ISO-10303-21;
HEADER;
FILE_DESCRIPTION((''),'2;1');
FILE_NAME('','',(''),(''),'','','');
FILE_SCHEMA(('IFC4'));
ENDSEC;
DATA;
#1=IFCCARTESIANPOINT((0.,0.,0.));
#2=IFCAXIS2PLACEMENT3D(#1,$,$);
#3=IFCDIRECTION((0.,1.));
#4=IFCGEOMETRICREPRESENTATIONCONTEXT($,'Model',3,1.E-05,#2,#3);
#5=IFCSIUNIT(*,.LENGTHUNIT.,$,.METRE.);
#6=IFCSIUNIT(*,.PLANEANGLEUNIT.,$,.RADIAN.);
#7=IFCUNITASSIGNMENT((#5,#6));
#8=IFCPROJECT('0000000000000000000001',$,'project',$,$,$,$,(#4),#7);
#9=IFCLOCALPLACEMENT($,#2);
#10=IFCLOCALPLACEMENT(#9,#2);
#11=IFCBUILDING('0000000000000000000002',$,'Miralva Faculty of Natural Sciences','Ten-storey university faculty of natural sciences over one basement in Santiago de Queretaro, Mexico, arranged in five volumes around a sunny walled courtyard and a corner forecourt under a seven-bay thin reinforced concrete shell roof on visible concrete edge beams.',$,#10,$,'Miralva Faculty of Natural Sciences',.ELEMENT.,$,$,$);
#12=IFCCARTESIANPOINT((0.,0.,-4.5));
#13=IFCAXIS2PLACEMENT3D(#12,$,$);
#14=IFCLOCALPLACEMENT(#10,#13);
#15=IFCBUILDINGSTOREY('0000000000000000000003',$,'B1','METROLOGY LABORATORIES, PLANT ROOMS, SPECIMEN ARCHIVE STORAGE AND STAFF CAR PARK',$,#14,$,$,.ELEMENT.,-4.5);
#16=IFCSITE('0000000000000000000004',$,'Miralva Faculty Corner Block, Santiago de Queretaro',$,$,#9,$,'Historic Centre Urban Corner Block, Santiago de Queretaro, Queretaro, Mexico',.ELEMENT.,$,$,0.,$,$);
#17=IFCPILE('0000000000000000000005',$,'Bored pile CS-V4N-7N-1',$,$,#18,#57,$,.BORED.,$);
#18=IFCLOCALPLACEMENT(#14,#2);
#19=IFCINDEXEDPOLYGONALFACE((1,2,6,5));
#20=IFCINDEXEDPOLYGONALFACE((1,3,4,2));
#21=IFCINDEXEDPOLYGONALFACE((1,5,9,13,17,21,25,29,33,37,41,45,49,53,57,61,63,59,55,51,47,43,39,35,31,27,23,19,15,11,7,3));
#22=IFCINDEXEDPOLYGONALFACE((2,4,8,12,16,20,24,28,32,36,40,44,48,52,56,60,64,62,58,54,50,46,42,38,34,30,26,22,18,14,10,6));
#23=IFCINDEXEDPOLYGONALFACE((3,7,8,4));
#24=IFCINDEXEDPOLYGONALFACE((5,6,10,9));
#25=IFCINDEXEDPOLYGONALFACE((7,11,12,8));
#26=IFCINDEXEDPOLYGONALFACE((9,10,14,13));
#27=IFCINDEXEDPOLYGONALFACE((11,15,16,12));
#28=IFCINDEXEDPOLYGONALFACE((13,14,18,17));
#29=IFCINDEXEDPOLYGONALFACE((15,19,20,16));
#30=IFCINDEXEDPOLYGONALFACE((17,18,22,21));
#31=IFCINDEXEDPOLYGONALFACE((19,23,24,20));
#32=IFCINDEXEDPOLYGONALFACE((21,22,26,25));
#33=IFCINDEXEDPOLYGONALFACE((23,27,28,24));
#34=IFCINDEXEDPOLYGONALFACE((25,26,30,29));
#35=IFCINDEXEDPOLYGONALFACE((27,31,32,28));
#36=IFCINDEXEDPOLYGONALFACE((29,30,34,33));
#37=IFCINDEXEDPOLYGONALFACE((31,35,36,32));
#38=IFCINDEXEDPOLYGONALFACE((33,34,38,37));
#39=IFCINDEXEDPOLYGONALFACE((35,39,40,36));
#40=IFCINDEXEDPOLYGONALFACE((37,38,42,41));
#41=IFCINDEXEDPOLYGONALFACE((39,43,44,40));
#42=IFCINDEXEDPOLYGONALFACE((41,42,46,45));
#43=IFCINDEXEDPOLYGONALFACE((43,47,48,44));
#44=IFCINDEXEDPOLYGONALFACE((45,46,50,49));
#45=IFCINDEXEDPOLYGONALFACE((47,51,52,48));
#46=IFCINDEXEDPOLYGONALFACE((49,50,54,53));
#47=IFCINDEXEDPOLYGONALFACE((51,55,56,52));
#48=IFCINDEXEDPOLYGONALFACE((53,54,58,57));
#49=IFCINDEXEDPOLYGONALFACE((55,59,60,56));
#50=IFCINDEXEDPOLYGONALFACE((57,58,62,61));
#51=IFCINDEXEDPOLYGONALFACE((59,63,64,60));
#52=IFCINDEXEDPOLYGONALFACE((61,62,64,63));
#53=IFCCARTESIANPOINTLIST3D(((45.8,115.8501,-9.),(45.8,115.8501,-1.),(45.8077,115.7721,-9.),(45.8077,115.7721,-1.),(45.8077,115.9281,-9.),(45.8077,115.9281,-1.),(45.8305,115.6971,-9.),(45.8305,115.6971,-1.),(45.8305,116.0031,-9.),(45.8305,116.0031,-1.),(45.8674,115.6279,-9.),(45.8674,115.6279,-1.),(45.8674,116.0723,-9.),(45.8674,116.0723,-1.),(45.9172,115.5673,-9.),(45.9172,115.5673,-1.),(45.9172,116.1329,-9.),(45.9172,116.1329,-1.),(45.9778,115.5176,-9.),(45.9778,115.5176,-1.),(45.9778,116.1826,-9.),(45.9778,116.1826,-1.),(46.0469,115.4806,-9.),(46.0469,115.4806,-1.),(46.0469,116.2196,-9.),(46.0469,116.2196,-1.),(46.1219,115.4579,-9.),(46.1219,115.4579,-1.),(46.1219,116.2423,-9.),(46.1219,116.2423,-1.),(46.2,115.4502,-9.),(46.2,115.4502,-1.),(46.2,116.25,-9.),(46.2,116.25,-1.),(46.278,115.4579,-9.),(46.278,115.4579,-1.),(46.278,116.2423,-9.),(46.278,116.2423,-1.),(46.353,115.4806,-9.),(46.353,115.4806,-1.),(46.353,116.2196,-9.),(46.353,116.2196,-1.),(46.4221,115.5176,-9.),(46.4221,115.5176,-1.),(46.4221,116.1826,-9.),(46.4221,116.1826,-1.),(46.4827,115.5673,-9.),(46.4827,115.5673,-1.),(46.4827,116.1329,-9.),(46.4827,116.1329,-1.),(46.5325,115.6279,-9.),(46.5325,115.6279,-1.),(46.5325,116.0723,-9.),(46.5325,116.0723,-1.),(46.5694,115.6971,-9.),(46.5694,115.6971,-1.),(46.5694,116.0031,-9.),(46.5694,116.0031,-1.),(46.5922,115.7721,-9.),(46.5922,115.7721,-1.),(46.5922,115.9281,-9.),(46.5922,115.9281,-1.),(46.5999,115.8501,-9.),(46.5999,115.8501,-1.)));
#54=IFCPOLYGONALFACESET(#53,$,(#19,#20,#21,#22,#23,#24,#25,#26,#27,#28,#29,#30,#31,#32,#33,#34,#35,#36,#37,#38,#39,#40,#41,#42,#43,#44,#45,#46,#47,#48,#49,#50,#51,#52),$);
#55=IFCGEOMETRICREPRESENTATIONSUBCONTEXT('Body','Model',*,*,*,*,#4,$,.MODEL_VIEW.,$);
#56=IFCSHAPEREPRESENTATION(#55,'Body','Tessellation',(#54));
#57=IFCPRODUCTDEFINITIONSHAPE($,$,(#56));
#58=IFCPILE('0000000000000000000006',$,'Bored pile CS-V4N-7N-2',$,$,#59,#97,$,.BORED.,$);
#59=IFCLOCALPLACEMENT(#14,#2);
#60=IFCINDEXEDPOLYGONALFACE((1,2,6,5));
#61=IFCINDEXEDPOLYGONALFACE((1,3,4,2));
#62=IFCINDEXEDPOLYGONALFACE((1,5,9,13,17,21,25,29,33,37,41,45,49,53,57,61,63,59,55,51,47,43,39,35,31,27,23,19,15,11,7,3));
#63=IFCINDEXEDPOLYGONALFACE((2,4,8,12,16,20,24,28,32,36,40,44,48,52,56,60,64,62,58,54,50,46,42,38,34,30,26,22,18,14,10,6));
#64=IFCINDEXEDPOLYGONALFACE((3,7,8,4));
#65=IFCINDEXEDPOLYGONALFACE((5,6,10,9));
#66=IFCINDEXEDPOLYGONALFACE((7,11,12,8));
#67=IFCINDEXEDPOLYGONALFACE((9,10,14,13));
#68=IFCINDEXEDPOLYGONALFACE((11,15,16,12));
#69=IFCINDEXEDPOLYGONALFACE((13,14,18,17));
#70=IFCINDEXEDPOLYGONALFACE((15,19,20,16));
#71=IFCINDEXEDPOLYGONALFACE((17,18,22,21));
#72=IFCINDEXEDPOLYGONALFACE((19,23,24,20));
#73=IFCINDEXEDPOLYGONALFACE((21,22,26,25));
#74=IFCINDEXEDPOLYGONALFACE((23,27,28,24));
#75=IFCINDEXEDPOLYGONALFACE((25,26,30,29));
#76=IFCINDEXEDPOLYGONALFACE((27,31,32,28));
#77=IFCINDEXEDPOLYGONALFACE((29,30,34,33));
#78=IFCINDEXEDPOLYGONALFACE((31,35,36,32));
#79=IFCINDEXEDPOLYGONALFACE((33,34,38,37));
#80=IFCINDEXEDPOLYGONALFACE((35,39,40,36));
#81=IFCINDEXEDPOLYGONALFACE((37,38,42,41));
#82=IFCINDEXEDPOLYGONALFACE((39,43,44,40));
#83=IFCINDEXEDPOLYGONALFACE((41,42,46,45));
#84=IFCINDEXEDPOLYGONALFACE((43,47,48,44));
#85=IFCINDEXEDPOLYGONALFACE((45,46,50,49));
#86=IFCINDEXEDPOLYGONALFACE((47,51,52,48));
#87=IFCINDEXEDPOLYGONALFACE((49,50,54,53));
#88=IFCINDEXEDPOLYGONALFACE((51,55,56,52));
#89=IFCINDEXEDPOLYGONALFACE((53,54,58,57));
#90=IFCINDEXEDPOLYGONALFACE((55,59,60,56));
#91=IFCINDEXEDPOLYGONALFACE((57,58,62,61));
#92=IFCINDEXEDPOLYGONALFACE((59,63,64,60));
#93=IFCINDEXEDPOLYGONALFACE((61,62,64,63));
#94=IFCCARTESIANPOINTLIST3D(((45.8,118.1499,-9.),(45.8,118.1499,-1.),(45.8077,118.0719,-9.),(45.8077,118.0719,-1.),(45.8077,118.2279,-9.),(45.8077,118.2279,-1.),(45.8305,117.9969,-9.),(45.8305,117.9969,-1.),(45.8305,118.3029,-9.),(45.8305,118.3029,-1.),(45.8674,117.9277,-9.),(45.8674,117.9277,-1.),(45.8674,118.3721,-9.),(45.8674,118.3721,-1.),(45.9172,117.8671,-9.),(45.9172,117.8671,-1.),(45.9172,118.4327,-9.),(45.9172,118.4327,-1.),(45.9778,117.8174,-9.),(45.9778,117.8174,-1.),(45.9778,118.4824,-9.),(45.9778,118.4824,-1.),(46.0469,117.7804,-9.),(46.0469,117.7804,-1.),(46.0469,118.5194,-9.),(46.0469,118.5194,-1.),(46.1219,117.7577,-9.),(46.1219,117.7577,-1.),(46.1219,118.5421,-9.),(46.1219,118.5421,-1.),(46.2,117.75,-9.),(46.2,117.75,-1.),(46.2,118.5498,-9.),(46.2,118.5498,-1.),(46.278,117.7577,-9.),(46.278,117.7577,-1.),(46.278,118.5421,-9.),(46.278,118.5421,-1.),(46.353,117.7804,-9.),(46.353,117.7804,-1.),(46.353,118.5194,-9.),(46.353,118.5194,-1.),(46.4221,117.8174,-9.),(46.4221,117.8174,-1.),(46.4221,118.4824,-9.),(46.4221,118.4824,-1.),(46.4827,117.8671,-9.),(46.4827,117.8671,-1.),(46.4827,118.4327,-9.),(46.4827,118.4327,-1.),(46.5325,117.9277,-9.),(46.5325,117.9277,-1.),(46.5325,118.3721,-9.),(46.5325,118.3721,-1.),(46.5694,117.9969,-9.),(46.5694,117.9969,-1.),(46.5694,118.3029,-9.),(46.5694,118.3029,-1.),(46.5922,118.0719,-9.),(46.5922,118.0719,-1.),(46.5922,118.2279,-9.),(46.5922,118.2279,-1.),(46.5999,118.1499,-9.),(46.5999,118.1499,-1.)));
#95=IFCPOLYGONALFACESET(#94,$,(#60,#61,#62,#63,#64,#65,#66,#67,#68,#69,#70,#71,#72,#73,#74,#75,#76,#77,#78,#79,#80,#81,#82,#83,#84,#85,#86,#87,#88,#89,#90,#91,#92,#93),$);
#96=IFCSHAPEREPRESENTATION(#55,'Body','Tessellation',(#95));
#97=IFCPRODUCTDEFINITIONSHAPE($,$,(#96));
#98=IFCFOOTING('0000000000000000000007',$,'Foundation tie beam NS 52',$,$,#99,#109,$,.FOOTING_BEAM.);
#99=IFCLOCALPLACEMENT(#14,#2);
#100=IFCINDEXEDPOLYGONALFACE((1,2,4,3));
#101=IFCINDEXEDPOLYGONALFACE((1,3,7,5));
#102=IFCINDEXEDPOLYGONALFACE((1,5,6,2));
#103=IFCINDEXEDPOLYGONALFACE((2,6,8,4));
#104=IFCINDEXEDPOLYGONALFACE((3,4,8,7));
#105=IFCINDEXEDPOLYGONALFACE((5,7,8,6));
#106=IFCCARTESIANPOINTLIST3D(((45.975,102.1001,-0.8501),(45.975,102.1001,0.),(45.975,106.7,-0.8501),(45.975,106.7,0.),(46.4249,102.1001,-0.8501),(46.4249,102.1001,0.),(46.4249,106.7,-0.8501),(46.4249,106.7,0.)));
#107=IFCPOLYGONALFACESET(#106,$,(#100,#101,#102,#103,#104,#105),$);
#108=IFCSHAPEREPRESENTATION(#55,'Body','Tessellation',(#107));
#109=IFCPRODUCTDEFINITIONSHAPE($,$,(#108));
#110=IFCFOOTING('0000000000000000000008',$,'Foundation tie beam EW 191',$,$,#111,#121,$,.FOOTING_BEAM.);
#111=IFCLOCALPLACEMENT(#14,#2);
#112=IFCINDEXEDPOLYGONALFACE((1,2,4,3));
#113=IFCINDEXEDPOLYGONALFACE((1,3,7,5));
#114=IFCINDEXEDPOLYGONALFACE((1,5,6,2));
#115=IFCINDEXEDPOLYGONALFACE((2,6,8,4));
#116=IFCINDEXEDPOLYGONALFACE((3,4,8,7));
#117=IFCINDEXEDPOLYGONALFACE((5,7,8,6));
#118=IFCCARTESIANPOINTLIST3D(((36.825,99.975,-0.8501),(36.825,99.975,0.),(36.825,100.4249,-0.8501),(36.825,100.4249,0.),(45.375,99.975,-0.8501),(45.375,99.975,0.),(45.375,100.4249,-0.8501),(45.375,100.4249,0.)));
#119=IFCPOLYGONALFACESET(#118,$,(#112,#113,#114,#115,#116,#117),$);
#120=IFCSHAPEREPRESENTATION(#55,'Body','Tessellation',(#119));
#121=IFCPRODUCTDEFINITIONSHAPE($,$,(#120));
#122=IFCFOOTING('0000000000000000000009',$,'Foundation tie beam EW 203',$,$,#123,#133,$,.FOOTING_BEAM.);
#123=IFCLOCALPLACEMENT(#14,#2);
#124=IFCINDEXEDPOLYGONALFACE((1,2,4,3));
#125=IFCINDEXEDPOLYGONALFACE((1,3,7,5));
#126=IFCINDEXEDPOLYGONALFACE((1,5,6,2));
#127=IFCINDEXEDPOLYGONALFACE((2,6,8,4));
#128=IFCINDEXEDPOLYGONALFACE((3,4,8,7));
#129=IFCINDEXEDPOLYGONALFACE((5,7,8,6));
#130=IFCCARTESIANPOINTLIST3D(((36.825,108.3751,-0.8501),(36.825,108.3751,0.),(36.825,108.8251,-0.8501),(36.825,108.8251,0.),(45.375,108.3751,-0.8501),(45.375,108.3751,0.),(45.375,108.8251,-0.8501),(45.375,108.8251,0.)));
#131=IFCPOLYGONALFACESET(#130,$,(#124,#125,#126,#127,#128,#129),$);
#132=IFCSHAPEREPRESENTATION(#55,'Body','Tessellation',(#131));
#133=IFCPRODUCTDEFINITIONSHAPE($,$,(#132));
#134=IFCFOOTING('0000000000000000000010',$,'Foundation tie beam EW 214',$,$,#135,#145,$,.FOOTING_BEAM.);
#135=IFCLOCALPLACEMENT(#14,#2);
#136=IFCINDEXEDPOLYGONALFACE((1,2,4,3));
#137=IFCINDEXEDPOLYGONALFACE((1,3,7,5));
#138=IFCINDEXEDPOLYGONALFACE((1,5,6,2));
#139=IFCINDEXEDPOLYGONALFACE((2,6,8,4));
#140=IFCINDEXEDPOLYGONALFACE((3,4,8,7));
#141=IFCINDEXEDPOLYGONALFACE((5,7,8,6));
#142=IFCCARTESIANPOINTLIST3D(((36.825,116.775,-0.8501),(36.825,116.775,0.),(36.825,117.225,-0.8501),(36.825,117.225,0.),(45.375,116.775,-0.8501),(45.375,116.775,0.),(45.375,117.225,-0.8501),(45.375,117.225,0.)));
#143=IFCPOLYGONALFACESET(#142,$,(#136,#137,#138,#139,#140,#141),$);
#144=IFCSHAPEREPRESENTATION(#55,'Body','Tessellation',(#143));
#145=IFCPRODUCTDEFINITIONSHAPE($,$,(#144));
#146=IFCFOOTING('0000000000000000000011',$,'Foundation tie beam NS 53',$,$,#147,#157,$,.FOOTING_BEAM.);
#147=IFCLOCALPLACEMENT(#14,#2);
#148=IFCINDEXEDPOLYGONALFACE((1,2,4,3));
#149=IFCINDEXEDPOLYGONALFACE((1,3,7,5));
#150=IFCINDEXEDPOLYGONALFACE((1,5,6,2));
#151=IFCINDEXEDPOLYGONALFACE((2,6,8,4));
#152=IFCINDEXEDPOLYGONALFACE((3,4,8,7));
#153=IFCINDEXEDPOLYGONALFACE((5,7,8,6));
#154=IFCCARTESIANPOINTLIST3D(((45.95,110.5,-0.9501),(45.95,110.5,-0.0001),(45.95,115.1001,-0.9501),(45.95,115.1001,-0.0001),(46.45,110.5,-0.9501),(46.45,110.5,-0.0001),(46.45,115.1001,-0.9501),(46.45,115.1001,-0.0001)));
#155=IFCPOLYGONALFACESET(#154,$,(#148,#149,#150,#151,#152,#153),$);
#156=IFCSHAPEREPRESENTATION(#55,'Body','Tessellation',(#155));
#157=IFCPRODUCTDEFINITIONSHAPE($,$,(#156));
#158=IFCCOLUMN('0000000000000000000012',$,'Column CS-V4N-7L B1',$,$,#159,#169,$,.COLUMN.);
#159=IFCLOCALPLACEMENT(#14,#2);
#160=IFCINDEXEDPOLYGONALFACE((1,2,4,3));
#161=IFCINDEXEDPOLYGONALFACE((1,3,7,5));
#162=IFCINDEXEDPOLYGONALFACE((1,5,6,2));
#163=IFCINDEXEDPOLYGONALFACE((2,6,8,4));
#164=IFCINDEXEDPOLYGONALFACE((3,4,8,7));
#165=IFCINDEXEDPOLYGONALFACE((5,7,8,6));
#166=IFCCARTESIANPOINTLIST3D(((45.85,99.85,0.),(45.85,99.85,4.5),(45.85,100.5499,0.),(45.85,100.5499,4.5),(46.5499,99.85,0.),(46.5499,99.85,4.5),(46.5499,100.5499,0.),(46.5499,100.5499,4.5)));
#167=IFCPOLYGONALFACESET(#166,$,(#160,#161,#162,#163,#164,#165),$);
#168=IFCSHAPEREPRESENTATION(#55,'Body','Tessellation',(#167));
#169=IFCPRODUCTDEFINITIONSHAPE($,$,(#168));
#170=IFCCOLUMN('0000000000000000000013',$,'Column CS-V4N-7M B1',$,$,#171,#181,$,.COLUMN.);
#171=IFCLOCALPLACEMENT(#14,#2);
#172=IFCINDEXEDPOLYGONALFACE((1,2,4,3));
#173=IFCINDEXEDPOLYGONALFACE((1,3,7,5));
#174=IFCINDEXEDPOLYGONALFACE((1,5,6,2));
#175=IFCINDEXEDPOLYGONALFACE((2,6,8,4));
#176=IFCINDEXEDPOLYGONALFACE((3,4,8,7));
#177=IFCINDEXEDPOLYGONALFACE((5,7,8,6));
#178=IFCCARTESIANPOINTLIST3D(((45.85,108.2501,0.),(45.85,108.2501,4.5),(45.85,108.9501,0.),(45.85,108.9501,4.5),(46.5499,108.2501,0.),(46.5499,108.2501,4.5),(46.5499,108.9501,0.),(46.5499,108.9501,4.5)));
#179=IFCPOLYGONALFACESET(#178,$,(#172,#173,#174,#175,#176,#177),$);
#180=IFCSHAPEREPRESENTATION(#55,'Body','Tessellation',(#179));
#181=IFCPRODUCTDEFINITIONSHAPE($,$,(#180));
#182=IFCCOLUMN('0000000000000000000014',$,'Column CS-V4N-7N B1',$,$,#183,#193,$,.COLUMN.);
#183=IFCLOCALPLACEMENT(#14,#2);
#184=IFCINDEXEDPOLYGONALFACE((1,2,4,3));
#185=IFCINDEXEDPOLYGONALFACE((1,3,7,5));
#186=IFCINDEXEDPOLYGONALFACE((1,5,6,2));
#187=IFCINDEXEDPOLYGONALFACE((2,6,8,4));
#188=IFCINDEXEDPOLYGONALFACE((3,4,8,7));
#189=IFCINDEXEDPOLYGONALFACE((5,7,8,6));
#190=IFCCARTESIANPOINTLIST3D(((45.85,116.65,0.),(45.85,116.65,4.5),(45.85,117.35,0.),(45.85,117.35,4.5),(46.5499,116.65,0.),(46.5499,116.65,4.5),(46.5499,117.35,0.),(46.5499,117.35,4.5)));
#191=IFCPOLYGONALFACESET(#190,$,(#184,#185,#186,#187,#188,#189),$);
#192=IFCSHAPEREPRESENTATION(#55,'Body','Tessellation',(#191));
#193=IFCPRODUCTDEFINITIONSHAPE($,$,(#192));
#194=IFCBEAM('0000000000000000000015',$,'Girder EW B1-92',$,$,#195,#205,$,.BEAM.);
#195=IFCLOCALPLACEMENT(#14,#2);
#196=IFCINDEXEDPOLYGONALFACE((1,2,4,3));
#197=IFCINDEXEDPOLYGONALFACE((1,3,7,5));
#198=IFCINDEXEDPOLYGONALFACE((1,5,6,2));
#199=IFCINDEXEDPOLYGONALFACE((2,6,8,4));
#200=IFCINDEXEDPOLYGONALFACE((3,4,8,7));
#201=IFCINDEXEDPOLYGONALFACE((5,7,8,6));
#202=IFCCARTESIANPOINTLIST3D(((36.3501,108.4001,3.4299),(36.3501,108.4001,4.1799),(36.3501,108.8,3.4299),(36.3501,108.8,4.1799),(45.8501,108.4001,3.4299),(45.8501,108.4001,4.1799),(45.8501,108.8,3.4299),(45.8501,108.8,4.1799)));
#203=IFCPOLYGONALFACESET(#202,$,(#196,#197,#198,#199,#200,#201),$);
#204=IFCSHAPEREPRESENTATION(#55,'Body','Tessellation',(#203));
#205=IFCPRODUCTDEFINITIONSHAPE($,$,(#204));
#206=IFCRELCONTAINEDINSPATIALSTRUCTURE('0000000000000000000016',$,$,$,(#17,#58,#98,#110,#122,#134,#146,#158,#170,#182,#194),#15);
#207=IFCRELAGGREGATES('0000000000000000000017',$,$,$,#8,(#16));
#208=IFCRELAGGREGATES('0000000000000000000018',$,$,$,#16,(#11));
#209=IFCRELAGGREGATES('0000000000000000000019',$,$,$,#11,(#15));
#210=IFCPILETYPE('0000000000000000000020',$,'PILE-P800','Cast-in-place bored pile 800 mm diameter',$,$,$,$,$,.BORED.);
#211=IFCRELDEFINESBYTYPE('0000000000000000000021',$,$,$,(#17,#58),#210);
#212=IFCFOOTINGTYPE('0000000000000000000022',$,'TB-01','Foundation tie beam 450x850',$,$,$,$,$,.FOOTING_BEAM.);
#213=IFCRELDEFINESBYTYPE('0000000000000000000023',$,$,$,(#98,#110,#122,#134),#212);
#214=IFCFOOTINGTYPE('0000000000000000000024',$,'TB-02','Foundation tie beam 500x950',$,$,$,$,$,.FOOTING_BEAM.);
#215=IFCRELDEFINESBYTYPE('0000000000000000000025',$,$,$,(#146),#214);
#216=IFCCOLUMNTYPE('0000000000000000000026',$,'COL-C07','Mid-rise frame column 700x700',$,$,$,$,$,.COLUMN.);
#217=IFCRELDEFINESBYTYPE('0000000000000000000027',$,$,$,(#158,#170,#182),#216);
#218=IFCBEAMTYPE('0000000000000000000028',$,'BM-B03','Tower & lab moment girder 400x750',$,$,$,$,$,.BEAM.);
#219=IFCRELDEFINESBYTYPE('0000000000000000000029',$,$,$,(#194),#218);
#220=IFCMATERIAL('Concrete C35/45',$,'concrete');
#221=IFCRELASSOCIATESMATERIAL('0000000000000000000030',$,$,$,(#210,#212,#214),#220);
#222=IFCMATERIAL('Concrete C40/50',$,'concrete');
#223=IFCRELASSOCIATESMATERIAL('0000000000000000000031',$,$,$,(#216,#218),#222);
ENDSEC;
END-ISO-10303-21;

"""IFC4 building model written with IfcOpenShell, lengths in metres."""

from ifc_helpers import new_model, si_unit, direction, frame, origin, origin_2d, place, context, subcontext, project, spatial, rectangle, circle, extrude, material, material_profile, profile_set, type_object, element, save


model = new_model("IFC4")

# Units and contexts
model_context = context("Model", 3, precision=1e-05, world=origin(), true_north=direction((0.0, 1.0)))
body_context = subcontext(model_context, "Body", "Model", "MODEL_VIEW")
ifc_project = project(units=[si_unit("LENGTHUNIT", "METRE"), si_unit("PLANEANGLEUNIT", "RADIAN")], contexts=[model_context])

# Site, building, storey
site_placement = place(None, origin())
site = spatial("IfcSite", under=ifc_project, at=site_placement, Name="Miralva Faculty Corner Block, Santiago de Queretaro", LongName="Historic Centre Urban Corner Block, Santiago de Queretaro, Queretaro, Mexico", CompositionType="ELEMENT", RefElevation=0.0)
building_placement = place(site_placement, origin())
building = spatial("IfcBuilding", under=site, at=building_placement, Name="Miralva Faculty of Natural Sciences", Description="Ten-storey university faculty of natural sciences over one basement in Santiago de Queretaro, Mexico, arranged in five volumes around a sunny walled courtyard and a corner forecourt under a seven-bay thin reinforced concrete shell roof on visible concrete edge beams.", LongName="Miralva Faculty of Natural Sciences", CompositionType="ELEMENT")
storey_placement = place(building_placement, frame((0.0, 0.0, -4.5)))
storey = spatial("IfcBuildingStorey", under=building, at=storey_placement, Name="B1", Description="METROLOGY LABORATORIES, PLANT ROOMS, SPECIMEN ARCHIVE STORAGE AND STAFF CAR PARK", CompositionType="ELEMENT", Elevation=-4.5)

# Shared definitions
ifc_material_1 = material(Name="Concrete C35/45", Category="concrete")

# Piles
ifc_material_profile_1 = material_profile(ifc_material_1, circle(Radius=0.3999, at=origin_2d()), Name="BORED PILE 800")
ifc_profile_set_1 = profile_set([ifc_material_profile_1], Name="Concrete C35/45")
pile_type = type_object("IfcPileType", Name="PILE-P800", Description="Cast-in-place bored pile 800 mm diameter", PredefinedType="BORED", material=ifc_profile_set_1)
for number, where, z_axis, x_axis, name in (
    (1, (46.2, 115.8501, -1.0), (0.0, 0.0, -1.0), (1.0, 0.0, 0.0), "Bored pile CS-V4N-7N-1"),
    (2, (46.2, 118.1499, -1.0), (0.0, 0.0, -1.0), (1.0, 0.0, 0.0), "Bored pile CS-V4N-7N-2"),
):
    element("IfcPile", number, at=place(storey_placement, frame(where, z_axis=z_axis, x_axis=x_axis)), inside=storey, type_object=pile_type, Name=name, PredefinedType="BORED", context=body_context, shape_type="SweptSolid", body=[
        extrude(circle(Radius=0.3999, at=origin_2d()), origin(), (0.0, 0.0, 1.0), 8.0),
    ])

# Footings
ifc_material_profile_2 = material_profile(ifc_material_1, rectangle(XDim=0.45, YDim=0.8501, at=origin_2d()), Name="RC 450x850")
ifc_profile_set_2 = profile_set([ifc_material_profile_2], Name="Concrete C35/45")
footing_type_1 = type_object("IfcFootingType", Name="TB-01", Description="Foundation tie beam 450x850", PredefinedType="FOOTING_BEAM", material=ifc_profile_set_2)
footing_1_placement = place(storey_placement, frame((46.2, 102.1001, -0.425), z_axis=(0.0, 1.0, 0.0), x_axis=(-1.0, 0.0, 0.0)))
element("IfcFooting", 3, at=footing_1_placement, inside=storey, type_object=footing_type_1, Name="Foundation tie beam NS 52", PredefinedType="FOOTING_BEAM", context=body_context, shape_type="SweptSolid", body=[
    extrude(rectangle(XDim=0.45, YDim=0.8501, at=origin_2d()), origin(), (0.0, 0.0, 1.0), 4.5999),
])
for number, where, z_axis, x_axis, name in (
    (4, (36.825, 100.2, -0.425), (1.0, 0.0, 0.0), (0.0, 1.0, 0.0), "Foundation tie beam EW 191"),
    (5, (36.825, 108.6001, -0.425), (1.0, 0.0, 0.0), (0.0, 1.0, 0.0), "Foundation tie beam EW 203"),
    (6, (36.825, 117.0, -0.425), (1.0, 0.0, 0.0), (0.0, 1.0, 0.0), "Foundation tie beam EW 214"),
):
    element("IfcFooting", number, at=place(storey_placement, frame(where, z_axis=z_axis, x_axis=x_axis)), inside=storey, type_object=footing_type_1, Name=name, PredefinedType="FOOTING_BEAM", context=body_context, shape_type="SweptSolid", body=[
        extrude(rectangle(XDim=0.45, YDim=0.8501, at=origin_2d()), origin(), (0.0, 0.0, 1.0), 8.55),
    ])
ifc_material_profile_3 = material_profile(ifc_material_1, rectangle(XDim=0.5, YDim=0.95, at=origin_2d()), Name="RC 500x950")
ifc_profile_set_3 = profile_set([ifc_material_profile_3], Name="Concrete C35/45")
footing_type_2 = type_object("IfcFootingType", Name="TB-02", Description="Foundation tie beam 500x950", PredefinedType="FOOTING_BEAM", material=ifc_profile_set_3)
footing_2_placement = place(storey_placement, frame((46.2, 110.5, -0.4751), z_axis=(0.0, 1.0, 0.0), x_axis=(-1.0, 0.0, 0.0)))
element("IfcFooting", 7, at=footing_2_placement, inside=storey, type_object=footing_type_2, Name="Foundation tie beam NS 53", PredefinedType="FOOTING_BEAM", context=body_context, shape_type="SweptSolid", body=[
    extrude(rectangle(XDim=0.5, YDim=0.95, at=origin_2d()), origin(), (0.0, 0.0, 1.0), 4.6001),
])

# Columns
ifc_material_2 = material(Name="Concrete C40/50", Category="concrete")
ifc_material_profile_4 = material_profile(ifc_material_2, rectangle(XDim=0.7, YDim=0.7, at=origin_2d()), Name="RC 700x700")
ifc_profile_set_4 = profile_set([ifc_material_profile_4], Name="Concrete C40/50")
column_type = type_object("IfcColumnType", Name="COL-C07", Description="Mid-rise frame column 700x700", PredefinedType="COLUMN", material=ifc_profile_set_4)
for number, where, z_axis, x_axis, name in (
    (8, (46.2, 100.2, 0.0), (0.0, 0.0, 1.0), (1.0, 0.0, 0.0), "Column CS-V4N-7L B1"),
    (9, (46.2, 108.6001, 0.0), (0.0, 0.0, 1.0), (1.0, 0.0, 0.0), "Column CS-V4N-7M B1"),
    (10, (46.2, 117.0, 0.0), (0.0, 0.0, 1.0), (1.0, 0.0, 0.0), "Column CS-V4N-7N B1"),
):
    element("IfcColumn", number, at=place(storey_placement, frame(where, z_axis=z_axis, x_axis=x_axis)), inside=storey, type_object=column_type, Name=name, PredefinedType="COLUMN", context=body_context, shape_type="SweptSolid", body=[
        extrude(rectangle(XDim=0.7, YDim=0.7, at=origin_2d()), origin(), (0.0, 0.0, 1.0), 4.5),
    ])

# Beam
ifc_material_profile_5 = material_profile(ifc_material_2, rectangle(XDim=0.3999, YDim=0.75, at=origin_2d()), Name="RC 400x750")
ifc_profile_set_5 = profile_set([ifc_material_profile_5], Name="Concrete C40/50")
beam_type_1 = type_object("IfcBeamType", Name="BM-B03", Description="Tower & lab moment girder 400x750", PredefinedType="BEAM", material=ifc_profile_set_5)
beam_1_placement = place(storey_placement, frame((36.3501, 108.6001, 3.8049), z_axis=(1.0, 0.0, 0.0), x_axis=(0.0, 1.0, 0.0)))
element("IfcBeam", 11, at=beam_1_placement, inside=storey, type_object=beam_type_1, Name="Girder EW B1-92", PredefinedType="BEAM", context=body_context, shape_type="SweptSolid", body=[
    extrude(rectangle(XDim=0.3999, YDim=0.75, at=origin_2d()), origin(), (0.0, 0.0, 1.0), 9.5),
])

save(model, "model.ifc")
